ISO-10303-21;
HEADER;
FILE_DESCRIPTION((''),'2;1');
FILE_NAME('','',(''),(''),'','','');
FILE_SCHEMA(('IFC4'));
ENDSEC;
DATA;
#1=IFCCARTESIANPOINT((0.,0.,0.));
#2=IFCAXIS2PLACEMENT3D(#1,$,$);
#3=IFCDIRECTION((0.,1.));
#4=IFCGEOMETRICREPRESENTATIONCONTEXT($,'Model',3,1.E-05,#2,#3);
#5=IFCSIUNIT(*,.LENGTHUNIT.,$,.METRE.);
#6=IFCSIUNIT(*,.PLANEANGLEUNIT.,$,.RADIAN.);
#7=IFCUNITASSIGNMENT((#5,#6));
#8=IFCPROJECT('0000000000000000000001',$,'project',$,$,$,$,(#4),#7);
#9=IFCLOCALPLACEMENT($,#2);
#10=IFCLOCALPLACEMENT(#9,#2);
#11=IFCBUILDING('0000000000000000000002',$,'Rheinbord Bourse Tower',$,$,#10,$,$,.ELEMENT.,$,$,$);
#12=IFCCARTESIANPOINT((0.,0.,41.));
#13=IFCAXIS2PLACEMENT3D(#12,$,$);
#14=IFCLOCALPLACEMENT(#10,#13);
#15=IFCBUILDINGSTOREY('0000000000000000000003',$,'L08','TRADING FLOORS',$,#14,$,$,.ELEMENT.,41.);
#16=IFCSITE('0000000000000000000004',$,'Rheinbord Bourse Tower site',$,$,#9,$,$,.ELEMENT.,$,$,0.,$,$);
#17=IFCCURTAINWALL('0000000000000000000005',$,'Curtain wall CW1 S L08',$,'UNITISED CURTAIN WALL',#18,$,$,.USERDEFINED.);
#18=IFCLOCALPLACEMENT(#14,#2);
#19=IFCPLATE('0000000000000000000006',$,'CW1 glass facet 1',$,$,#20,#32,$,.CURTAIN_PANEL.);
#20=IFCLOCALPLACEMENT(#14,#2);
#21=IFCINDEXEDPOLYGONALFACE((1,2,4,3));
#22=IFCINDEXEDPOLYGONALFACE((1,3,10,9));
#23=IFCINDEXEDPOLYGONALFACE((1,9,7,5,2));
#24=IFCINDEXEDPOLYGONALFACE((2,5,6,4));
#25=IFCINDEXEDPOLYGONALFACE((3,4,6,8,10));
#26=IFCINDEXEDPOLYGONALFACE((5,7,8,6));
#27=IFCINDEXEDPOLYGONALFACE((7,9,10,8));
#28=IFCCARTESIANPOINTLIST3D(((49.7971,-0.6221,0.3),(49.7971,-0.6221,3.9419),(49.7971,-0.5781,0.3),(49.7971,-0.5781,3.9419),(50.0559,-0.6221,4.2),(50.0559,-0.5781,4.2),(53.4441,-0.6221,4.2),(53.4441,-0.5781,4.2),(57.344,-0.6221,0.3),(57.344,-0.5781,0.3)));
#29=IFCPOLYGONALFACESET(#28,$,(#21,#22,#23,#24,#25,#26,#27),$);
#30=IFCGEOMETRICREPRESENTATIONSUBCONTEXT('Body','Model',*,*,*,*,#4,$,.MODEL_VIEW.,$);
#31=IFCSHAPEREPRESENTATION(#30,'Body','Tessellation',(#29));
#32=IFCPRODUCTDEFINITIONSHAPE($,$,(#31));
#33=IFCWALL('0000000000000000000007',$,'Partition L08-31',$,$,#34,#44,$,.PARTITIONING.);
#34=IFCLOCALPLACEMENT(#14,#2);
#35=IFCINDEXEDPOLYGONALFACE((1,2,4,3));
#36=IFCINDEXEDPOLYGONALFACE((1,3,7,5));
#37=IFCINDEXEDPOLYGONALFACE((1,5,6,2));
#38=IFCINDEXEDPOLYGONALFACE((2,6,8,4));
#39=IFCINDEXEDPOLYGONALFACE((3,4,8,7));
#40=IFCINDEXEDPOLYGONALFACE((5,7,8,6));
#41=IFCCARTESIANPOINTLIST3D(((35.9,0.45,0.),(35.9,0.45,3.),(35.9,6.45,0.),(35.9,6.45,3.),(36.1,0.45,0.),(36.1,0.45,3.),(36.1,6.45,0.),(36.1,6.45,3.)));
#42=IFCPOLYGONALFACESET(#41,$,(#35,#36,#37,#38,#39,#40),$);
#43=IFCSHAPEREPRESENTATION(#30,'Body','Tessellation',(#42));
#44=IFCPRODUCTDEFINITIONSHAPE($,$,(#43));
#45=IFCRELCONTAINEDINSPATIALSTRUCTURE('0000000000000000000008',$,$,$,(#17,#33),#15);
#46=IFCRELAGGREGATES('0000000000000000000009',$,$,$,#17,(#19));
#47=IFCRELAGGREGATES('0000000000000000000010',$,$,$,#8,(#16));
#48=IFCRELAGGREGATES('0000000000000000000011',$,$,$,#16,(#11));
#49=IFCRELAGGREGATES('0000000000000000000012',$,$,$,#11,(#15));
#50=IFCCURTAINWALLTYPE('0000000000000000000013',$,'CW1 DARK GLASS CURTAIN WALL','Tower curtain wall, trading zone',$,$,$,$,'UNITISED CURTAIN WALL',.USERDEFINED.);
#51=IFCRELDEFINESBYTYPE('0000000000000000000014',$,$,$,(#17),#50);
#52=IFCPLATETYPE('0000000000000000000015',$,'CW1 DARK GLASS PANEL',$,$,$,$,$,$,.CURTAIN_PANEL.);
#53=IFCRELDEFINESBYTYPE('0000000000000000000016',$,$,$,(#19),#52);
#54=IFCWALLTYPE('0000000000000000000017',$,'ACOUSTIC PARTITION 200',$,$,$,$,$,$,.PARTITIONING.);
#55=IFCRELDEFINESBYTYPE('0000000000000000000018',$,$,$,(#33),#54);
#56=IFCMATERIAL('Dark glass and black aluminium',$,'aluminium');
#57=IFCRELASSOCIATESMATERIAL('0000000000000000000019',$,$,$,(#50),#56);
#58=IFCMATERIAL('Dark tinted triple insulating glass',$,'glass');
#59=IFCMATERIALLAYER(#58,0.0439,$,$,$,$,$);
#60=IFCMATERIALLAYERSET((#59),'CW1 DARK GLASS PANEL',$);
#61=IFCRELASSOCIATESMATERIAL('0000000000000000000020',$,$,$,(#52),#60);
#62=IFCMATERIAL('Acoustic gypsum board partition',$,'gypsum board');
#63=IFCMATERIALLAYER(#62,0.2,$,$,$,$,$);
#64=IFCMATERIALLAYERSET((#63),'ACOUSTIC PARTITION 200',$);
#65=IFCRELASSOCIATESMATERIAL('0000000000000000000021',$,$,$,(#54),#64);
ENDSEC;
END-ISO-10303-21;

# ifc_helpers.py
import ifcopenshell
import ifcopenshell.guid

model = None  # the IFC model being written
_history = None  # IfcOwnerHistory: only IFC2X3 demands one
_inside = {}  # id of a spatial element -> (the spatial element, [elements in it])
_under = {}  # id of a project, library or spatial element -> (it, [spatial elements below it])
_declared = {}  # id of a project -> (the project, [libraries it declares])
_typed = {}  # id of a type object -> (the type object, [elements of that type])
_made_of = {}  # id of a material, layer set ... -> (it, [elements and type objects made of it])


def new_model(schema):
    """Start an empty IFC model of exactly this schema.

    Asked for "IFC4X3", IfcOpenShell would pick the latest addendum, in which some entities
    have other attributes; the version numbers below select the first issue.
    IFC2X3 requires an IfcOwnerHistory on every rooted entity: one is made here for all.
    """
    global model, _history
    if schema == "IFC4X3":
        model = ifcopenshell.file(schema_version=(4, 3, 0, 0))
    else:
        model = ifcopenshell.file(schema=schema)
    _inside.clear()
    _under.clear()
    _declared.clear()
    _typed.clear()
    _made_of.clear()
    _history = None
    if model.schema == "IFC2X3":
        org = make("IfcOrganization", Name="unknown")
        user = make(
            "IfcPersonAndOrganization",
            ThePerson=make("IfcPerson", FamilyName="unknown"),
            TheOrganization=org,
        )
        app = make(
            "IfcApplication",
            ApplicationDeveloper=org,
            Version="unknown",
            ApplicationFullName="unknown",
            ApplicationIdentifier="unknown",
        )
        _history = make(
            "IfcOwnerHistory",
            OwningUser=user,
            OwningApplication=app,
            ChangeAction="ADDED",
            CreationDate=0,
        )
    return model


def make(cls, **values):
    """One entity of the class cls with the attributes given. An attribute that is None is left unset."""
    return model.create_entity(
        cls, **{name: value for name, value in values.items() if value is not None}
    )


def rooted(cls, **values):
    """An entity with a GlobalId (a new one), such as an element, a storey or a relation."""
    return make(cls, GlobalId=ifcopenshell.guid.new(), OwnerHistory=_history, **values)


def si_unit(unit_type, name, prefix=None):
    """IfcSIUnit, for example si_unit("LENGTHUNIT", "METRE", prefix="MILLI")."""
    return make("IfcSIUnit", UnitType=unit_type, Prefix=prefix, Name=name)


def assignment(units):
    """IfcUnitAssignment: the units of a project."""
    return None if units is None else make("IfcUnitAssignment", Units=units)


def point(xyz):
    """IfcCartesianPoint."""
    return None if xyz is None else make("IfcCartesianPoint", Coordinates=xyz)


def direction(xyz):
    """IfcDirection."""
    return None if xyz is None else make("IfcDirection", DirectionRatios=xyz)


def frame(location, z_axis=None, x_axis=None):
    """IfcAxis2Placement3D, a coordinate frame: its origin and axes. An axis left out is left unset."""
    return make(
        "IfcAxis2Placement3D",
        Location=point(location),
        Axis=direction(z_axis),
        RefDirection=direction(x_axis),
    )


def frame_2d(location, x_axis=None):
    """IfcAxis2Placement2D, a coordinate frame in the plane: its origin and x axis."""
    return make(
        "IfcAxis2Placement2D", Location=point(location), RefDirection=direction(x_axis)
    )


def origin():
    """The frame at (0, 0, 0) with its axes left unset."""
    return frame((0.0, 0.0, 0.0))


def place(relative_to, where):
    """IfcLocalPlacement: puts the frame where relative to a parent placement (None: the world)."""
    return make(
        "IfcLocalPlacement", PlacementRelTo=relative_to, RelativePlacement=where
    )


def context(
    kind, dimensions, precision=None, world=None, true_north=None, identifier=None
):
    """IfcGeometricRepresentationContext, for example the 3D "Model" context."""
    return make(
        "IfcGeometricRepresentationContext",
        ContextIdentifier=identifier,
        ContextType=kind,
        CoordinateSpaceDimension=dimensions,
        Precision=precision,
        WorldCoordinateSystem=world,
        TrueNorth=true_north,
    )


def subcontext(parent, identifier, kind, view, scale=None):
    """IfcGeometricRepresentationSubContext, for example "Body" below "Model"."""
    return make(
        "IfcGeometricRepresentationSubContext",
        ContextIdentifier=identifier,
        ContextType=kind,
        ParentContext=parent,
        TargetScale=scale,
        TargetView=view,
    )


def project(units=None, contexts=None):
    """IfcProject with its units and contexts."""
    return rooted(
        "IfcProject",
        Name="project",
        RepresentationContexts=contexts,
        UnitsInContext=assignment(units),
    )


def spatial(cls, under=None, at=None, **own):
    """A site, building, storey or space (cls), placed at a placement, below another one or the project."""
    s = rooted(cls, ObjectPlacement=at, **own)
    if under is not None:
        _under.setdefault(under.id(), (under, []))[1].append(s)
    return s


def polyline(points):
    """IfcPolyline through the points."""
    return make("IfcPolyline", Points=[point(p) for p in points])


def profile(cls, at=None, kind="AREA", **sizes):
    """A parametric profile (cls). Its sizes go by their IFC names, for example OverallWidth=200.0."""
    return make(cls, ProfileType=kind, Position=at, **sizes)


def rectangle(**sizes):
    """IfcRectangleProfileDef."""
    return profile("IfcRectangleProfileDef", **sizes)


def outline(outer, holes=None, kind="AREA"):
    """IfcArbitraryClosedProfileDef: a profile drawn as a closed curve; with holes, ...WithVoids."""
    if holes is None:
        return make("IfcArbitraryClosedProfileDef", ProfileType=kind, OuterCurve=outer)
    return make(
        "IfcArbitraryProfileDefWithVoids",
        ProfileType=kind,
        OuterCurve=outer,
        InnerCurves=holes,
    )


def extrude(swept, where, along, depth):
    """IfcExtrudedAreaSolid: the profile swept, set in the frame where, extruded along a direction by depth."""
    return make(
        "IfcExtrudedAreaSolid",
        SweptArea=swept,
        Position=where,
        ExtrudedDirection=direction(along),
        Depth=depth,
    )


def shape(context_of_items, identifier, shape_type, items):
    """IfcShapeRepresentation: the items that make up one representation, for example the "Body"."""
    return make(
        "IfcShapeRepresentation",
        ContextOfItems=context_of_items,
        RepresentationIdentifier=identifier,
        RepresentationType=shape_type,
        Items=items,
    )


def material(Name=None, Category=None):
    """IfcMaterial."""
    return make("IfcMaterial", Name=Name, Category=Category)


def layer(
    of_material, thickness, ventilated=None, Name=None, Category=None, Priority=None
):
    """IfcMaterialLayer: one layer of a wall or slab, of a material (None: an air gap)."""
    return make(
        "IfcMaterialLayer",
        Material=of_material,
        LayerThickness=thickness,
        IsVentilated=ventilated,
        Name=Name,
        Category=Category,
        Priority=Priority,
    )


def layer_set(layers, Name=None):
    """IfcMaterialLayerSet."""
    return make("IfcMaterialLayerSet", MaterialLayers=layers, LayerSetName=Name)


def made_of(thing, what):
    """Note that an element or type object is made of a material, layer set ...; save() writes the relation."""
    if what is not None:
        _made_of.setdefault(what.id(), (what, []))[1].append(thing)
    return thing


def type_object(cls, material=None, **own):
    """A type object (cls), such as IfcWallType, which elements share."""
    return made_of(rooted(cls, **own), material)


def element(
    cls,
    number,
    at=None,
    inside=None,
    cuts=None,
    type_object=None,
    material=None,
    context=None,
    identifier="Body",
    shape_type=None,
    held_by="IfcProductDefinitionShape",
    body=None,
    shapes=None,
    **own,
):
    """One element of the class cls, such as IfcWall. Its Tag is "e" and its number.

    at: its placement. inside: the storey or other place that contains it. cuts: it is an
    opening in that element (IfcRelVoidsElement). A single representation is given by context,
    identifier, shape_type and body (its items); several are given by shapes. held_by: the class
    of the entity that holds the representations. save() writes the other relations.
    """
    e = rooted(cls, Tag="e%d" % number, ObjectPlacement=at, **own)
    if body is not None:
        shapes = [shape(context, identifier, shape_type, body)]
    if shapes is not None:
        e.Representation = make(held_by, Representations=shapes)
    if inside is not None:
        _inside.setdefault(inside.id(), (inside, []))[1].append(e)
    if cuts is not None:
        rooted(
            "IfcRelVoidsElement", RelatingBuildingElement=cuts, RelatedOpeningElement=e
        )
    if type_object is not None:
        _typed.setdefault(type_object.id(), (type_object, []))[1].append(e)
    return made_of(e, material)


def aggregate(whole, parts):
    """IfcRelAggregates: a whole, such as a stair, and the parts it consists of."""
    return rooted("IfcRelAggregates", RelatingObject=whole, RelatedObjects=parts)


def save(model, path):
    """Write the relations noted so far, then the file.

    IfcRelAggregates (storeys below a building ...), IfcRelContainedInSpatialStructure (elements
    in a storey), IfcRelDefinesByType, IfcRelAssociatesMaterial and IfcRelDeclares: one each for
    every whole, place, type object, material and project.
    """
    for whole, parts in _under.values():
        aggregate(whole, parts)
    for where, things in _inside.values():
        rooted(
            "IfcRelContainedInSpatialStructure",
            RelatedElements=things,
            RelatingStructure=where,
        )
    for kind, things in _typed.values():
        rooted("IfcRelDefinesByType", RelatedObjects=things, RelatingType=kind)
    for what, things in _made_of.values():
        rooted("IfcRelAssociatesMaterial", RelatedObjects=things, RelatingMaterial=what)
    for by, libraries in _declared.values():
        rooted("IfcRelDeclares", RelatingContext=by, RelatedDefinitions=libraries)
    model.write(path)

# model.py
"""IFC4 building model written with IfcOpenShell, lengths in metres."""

from ifc_helpers import new_model, si_unit, direction, frame, frame_2d, origin, place, context, subcontext, project, spatial, polyline, rectangle, outline, extrude, material, layer, layer_set, type_object, element, aggregate, save


model = new_model("IFC4")

# Units and contexts
model_context = context("Model", 3, precision=1e-05, world=origin(), true_north=direction((0.0, 1.0)))
body_context = subcontext(model_context, "Body", "Model", "MODEL_VIEW")
ifc_project = project(units=[si_unit("LENGTHUNIT", "METRE"), si_unit("PLANEANGLEUNIT", "RADIAN")], contexts=[model_context])

# Site, building, storey
site_placement = place(None, origin())
site = spatial("IfcSite", under=ifc_project, at=site_placement, Name="Rheinbord Bourse Tower site", CompositionType="ELEMENT", RefElevation=0.0)
building_placement = place(site_placement, origin())
building = spatial("IfcBuilding", under=site, at=building_placement, Name="Rheinbord Bourse Tower", CompositionType="ELEMENT")
storey_placement = place(building_placement, frame((0.0, 0.0, 41.0)))
storey = spatial("IfcBuildingStorey", under=building, at=storey_placement, Name="L08", Description="TRADING FLOORS", CompositionType="ELEMENT", Elevation=41.0)

# Curtain wall
ifc_material_1 = material(Name="Dark glass and black aluminium", Category="aluminium")
curtain_wall_type = type_object("IfcCurtainWallType", Name="CW1 DARK GLASS CURTAIN WALL", Description="Tower curtain wall, trading zone", ElementType="UNITISED CURTAIN WALL", PredefinedType="USERDEFINED", material=ifc_material_1)
curtain_wall_placement = place(storey_placement, origin())
curtain_wall = element("IfcCurtainWall", 1, at=curtain_wall_placement, inside=storey, type_object=curtain_wall_type, Name="Curtain wall CW1 S L08", ObjectType="UNITISED CURTAIN WALL", PredefinedType="USERDEFINED")

# Plate
ifc_material_2 = material(Name="Dark tinted triple insulating glass", Category="glass")
ifc_layer_1 = layer(ifc_material_2, 0.0439)
ifc_layer_set_1 = layer_set([ifc_layer_1], Name="CW1 DARK GLASS PANEL")
plate_type = type_object("IfcPlateType", Name="CW1 DARK GLASS PANEL", PredefinedType="CURTAIN_PANEL", material=ifc_layer_set_1)
plate_1_placement = place(storey_placement, frame((49.7971, -0.6221, 0.3), z_axis=(0.0, 1.0, 0.0), x_axis=(0.0, 0.0, 1.0)))
plate_1 = element("IfcPlate", 2, at=plate_1_placement, type_object=plate_type, Name="CW1 glass facet 1", PredefinedType="CURTAIN_PANEL", context=body_context, shape_type="SweptSolid", body=[
    extrude(outline(polyline([(0.0, 0.0), (3.6418, 0.0), (3.8999, 0.2588), (3.8999, 3.647), (0.0, 7.5469), (0.0, 0.0)])), origin(), (0.0, 0.0, 1.0), 0.0439),
])
aggregate(curtain_wall, [plate_1])

# Wall
ifc_material_3 = material(Name="Acoustic gypsum board partition", Category="gypsum board")
ifc_layer_2 = layer(ifc_material_3, 0.2)
ifc_layer_set_2 = layer_set([ifc_layer_2], Name="ACOUSTIC PARTITION 200")
wall_type = type_object("IfcWallType", Name="ACOUSTIC PARTITION 200", PredefinedType="PARTITIONING", material=ifc_layer_set_2)
wall_placement = place(storey_placement, frame((36.0, 0.45, 0.0), z_axis=(0.0, 0.0, 1.0), x_axis=(0.0, 1.0, 0.0)))
element("IfcWall", 3, at=wall_placement, inside=storey, type_object=wall_type, Name="Partition L08-31", PredefinedType="PARTITIONING", context=body_context, shape_type="SweptSolid", body=[
    extrude(rectangle(XDim=6.0, YDim=0.2, at=frame_2d((3.0, 0.0))), origin(), (0.0, 0.0, 1.0), 3.0),
])

save(model, "model.ifc")
